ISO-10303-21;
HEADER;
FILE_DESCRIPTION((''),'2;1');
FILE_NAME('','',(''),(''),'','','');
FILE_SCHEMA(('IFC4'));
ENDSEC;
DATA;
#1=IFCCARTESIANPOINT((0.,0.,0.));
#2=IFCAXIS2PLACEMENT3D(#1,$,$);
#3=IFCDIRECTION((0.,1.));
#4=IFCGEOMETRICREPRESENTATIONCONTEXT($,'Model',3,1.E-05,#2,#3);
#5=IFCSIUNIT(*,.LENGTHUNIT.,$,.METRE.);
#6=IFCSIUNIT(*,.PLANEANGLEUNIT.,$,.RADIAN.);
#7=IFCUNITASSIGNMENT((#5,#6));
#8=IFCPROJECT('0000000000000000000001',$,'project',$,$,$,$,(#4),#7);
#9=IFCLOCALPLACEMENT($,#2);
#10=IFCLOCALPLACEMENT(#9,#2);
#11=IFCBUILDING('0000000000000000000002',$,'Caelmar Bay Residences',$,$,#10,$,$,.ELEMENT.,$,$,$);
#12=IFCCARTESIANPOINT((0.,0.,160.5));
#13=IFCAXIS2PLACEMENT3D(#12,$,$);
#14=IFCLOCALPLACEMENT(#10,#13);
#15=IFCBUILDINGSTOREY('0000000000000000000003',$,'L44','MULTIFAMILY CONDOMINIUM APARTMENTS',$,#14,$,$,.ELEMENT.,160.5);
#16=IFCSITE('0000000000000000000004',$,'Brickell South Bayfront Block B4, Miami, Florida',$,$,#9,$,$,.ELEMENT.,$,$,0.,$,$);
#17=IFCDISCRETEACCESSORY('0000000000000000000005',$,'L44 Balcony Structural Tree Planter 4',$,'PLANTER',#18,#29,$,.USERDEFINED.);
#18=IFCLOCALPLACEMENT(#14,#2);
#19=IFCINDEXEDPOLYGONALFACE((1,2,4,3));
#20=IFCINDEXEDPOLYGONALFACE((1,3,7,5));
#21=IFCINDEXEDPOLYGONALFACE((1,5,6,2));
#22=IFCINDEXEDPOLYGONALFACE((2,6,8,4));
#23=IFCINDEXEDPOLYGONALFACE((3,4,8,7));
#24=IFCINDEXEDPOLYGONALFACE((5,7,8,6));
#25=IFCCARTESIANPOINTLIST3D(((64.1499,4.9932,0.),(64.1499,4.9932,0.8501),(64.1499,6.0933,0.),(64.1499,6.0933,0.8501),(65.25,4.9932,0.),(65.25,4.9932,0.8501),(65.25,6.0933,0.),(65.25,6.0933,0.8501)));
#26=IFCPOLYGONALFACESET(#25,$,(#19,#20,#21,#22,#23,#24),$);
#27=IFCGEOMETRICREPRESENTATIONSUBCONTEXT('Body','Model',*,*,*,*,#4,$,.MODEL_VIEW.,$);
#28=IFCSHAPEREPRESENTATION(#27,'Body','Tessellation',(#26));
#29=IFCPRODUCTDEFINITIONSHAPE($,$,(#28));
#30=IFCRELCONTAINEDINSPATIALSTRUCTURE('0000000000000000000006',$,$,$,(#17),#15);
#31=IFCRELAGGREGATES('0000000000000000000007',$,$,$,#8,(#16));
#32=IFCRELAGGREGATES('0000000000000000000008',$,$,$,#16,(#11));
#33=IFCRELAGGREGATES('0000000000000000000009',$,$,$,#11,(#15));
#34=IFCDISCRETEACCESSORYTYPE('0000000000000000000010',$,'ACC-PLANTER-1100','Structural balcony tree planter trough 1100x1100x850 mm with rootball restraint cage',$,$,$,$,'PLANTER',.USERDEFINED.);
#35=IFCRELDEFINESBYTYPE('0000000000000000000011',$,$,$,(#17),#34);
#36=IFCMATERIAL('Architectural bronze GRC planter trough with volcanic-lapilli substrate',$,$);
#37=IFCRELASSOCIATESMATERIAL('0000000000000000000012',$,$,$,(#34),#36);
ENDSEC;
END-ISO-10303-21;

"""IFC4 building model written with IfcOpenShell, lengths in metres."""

from ifc_helpers import new_model, si_unit, direction, frame, origin, origin_2d, place, context, subcontext, project, spatial, rectangle, extrude, material, type_object, element, save


model = new_model("IFC4")

# Units and contexts
model_context = context("Model", 3, precision=1e-05, world=origin(), true_north=direction((0.0, 1.0)))
body_context = subcontext(model_context, "Body", "Model", "MODEL_VIEW")
ifc_project = project(units=[si_unit("LENGTHUNIT", "METRE"), si_unit("PLANEANGLEUNIT", "RADIAN")], contexts=[model_context])

# Site, building, storey
site_placement = place(None, origin())
site = spatial("IfcSite", under=ifc_project, at=site_placement, Name="Brickell South Bayfront Block B4, Miami, Florida", CompositionType="ELEMENT", RefElevation=0.0)
building_placement = place(site_placement, origin())
building = spatial("IfcBuilding", under=site, at=building_placement, Name="Caelmar Bay Residences", CompositionType="ELEMENT")
storey_placement = place(building_placement, frame((0.0, 0.0, 160.5)))
storey = spatial("IfcBuildingStorey", under=building, at=storey_placement, Name="L44", Description="MULTIFAMILY CONDOMINIUM APARTMENTS", CompositionType="ELEMENT", Elevation=160.5)

# Discrete accessory
ifc_material_1 = material(Name="Architectural bronze GRC planter trough with volcanic-lapilli substrate")
discrete_accessory_type = type_object("IfcDiscreteAccessoryType", Name="ACC-PLANTER-1100", Description="Structural balcony tree planter trough 1100x1100x850 mm with rootball restraint cage", ElementType="PLANTER", PredefinedType="USERDEFINED", material=ifc_material_1)
discrete_accessory_placement = place(storey_placement, frame((64.7, 5.5432, 0.0), z_axis=(0.0, 0.0, 1.0), x_axis=(1.0, 0.0, 0.0)))
element("IfcDiscreteAccessory", 1, at=discrete_accessory_placement, inside=storey, type_object=discrete_accessory_type, Name="L44 Balcony Structural Tree Planter 4", ObjectType="PLANTER", PredefinedType="USERDEFINED", context=body_context, shape_type="SweptSolid", body=[
    extrude(rectangle(XDim=1.1001, YDim=1.1001, at=origin_2d()), origin(), (0.0, 0.0, 1.0), 0.8501),
])

save(model, "model.ifc")
